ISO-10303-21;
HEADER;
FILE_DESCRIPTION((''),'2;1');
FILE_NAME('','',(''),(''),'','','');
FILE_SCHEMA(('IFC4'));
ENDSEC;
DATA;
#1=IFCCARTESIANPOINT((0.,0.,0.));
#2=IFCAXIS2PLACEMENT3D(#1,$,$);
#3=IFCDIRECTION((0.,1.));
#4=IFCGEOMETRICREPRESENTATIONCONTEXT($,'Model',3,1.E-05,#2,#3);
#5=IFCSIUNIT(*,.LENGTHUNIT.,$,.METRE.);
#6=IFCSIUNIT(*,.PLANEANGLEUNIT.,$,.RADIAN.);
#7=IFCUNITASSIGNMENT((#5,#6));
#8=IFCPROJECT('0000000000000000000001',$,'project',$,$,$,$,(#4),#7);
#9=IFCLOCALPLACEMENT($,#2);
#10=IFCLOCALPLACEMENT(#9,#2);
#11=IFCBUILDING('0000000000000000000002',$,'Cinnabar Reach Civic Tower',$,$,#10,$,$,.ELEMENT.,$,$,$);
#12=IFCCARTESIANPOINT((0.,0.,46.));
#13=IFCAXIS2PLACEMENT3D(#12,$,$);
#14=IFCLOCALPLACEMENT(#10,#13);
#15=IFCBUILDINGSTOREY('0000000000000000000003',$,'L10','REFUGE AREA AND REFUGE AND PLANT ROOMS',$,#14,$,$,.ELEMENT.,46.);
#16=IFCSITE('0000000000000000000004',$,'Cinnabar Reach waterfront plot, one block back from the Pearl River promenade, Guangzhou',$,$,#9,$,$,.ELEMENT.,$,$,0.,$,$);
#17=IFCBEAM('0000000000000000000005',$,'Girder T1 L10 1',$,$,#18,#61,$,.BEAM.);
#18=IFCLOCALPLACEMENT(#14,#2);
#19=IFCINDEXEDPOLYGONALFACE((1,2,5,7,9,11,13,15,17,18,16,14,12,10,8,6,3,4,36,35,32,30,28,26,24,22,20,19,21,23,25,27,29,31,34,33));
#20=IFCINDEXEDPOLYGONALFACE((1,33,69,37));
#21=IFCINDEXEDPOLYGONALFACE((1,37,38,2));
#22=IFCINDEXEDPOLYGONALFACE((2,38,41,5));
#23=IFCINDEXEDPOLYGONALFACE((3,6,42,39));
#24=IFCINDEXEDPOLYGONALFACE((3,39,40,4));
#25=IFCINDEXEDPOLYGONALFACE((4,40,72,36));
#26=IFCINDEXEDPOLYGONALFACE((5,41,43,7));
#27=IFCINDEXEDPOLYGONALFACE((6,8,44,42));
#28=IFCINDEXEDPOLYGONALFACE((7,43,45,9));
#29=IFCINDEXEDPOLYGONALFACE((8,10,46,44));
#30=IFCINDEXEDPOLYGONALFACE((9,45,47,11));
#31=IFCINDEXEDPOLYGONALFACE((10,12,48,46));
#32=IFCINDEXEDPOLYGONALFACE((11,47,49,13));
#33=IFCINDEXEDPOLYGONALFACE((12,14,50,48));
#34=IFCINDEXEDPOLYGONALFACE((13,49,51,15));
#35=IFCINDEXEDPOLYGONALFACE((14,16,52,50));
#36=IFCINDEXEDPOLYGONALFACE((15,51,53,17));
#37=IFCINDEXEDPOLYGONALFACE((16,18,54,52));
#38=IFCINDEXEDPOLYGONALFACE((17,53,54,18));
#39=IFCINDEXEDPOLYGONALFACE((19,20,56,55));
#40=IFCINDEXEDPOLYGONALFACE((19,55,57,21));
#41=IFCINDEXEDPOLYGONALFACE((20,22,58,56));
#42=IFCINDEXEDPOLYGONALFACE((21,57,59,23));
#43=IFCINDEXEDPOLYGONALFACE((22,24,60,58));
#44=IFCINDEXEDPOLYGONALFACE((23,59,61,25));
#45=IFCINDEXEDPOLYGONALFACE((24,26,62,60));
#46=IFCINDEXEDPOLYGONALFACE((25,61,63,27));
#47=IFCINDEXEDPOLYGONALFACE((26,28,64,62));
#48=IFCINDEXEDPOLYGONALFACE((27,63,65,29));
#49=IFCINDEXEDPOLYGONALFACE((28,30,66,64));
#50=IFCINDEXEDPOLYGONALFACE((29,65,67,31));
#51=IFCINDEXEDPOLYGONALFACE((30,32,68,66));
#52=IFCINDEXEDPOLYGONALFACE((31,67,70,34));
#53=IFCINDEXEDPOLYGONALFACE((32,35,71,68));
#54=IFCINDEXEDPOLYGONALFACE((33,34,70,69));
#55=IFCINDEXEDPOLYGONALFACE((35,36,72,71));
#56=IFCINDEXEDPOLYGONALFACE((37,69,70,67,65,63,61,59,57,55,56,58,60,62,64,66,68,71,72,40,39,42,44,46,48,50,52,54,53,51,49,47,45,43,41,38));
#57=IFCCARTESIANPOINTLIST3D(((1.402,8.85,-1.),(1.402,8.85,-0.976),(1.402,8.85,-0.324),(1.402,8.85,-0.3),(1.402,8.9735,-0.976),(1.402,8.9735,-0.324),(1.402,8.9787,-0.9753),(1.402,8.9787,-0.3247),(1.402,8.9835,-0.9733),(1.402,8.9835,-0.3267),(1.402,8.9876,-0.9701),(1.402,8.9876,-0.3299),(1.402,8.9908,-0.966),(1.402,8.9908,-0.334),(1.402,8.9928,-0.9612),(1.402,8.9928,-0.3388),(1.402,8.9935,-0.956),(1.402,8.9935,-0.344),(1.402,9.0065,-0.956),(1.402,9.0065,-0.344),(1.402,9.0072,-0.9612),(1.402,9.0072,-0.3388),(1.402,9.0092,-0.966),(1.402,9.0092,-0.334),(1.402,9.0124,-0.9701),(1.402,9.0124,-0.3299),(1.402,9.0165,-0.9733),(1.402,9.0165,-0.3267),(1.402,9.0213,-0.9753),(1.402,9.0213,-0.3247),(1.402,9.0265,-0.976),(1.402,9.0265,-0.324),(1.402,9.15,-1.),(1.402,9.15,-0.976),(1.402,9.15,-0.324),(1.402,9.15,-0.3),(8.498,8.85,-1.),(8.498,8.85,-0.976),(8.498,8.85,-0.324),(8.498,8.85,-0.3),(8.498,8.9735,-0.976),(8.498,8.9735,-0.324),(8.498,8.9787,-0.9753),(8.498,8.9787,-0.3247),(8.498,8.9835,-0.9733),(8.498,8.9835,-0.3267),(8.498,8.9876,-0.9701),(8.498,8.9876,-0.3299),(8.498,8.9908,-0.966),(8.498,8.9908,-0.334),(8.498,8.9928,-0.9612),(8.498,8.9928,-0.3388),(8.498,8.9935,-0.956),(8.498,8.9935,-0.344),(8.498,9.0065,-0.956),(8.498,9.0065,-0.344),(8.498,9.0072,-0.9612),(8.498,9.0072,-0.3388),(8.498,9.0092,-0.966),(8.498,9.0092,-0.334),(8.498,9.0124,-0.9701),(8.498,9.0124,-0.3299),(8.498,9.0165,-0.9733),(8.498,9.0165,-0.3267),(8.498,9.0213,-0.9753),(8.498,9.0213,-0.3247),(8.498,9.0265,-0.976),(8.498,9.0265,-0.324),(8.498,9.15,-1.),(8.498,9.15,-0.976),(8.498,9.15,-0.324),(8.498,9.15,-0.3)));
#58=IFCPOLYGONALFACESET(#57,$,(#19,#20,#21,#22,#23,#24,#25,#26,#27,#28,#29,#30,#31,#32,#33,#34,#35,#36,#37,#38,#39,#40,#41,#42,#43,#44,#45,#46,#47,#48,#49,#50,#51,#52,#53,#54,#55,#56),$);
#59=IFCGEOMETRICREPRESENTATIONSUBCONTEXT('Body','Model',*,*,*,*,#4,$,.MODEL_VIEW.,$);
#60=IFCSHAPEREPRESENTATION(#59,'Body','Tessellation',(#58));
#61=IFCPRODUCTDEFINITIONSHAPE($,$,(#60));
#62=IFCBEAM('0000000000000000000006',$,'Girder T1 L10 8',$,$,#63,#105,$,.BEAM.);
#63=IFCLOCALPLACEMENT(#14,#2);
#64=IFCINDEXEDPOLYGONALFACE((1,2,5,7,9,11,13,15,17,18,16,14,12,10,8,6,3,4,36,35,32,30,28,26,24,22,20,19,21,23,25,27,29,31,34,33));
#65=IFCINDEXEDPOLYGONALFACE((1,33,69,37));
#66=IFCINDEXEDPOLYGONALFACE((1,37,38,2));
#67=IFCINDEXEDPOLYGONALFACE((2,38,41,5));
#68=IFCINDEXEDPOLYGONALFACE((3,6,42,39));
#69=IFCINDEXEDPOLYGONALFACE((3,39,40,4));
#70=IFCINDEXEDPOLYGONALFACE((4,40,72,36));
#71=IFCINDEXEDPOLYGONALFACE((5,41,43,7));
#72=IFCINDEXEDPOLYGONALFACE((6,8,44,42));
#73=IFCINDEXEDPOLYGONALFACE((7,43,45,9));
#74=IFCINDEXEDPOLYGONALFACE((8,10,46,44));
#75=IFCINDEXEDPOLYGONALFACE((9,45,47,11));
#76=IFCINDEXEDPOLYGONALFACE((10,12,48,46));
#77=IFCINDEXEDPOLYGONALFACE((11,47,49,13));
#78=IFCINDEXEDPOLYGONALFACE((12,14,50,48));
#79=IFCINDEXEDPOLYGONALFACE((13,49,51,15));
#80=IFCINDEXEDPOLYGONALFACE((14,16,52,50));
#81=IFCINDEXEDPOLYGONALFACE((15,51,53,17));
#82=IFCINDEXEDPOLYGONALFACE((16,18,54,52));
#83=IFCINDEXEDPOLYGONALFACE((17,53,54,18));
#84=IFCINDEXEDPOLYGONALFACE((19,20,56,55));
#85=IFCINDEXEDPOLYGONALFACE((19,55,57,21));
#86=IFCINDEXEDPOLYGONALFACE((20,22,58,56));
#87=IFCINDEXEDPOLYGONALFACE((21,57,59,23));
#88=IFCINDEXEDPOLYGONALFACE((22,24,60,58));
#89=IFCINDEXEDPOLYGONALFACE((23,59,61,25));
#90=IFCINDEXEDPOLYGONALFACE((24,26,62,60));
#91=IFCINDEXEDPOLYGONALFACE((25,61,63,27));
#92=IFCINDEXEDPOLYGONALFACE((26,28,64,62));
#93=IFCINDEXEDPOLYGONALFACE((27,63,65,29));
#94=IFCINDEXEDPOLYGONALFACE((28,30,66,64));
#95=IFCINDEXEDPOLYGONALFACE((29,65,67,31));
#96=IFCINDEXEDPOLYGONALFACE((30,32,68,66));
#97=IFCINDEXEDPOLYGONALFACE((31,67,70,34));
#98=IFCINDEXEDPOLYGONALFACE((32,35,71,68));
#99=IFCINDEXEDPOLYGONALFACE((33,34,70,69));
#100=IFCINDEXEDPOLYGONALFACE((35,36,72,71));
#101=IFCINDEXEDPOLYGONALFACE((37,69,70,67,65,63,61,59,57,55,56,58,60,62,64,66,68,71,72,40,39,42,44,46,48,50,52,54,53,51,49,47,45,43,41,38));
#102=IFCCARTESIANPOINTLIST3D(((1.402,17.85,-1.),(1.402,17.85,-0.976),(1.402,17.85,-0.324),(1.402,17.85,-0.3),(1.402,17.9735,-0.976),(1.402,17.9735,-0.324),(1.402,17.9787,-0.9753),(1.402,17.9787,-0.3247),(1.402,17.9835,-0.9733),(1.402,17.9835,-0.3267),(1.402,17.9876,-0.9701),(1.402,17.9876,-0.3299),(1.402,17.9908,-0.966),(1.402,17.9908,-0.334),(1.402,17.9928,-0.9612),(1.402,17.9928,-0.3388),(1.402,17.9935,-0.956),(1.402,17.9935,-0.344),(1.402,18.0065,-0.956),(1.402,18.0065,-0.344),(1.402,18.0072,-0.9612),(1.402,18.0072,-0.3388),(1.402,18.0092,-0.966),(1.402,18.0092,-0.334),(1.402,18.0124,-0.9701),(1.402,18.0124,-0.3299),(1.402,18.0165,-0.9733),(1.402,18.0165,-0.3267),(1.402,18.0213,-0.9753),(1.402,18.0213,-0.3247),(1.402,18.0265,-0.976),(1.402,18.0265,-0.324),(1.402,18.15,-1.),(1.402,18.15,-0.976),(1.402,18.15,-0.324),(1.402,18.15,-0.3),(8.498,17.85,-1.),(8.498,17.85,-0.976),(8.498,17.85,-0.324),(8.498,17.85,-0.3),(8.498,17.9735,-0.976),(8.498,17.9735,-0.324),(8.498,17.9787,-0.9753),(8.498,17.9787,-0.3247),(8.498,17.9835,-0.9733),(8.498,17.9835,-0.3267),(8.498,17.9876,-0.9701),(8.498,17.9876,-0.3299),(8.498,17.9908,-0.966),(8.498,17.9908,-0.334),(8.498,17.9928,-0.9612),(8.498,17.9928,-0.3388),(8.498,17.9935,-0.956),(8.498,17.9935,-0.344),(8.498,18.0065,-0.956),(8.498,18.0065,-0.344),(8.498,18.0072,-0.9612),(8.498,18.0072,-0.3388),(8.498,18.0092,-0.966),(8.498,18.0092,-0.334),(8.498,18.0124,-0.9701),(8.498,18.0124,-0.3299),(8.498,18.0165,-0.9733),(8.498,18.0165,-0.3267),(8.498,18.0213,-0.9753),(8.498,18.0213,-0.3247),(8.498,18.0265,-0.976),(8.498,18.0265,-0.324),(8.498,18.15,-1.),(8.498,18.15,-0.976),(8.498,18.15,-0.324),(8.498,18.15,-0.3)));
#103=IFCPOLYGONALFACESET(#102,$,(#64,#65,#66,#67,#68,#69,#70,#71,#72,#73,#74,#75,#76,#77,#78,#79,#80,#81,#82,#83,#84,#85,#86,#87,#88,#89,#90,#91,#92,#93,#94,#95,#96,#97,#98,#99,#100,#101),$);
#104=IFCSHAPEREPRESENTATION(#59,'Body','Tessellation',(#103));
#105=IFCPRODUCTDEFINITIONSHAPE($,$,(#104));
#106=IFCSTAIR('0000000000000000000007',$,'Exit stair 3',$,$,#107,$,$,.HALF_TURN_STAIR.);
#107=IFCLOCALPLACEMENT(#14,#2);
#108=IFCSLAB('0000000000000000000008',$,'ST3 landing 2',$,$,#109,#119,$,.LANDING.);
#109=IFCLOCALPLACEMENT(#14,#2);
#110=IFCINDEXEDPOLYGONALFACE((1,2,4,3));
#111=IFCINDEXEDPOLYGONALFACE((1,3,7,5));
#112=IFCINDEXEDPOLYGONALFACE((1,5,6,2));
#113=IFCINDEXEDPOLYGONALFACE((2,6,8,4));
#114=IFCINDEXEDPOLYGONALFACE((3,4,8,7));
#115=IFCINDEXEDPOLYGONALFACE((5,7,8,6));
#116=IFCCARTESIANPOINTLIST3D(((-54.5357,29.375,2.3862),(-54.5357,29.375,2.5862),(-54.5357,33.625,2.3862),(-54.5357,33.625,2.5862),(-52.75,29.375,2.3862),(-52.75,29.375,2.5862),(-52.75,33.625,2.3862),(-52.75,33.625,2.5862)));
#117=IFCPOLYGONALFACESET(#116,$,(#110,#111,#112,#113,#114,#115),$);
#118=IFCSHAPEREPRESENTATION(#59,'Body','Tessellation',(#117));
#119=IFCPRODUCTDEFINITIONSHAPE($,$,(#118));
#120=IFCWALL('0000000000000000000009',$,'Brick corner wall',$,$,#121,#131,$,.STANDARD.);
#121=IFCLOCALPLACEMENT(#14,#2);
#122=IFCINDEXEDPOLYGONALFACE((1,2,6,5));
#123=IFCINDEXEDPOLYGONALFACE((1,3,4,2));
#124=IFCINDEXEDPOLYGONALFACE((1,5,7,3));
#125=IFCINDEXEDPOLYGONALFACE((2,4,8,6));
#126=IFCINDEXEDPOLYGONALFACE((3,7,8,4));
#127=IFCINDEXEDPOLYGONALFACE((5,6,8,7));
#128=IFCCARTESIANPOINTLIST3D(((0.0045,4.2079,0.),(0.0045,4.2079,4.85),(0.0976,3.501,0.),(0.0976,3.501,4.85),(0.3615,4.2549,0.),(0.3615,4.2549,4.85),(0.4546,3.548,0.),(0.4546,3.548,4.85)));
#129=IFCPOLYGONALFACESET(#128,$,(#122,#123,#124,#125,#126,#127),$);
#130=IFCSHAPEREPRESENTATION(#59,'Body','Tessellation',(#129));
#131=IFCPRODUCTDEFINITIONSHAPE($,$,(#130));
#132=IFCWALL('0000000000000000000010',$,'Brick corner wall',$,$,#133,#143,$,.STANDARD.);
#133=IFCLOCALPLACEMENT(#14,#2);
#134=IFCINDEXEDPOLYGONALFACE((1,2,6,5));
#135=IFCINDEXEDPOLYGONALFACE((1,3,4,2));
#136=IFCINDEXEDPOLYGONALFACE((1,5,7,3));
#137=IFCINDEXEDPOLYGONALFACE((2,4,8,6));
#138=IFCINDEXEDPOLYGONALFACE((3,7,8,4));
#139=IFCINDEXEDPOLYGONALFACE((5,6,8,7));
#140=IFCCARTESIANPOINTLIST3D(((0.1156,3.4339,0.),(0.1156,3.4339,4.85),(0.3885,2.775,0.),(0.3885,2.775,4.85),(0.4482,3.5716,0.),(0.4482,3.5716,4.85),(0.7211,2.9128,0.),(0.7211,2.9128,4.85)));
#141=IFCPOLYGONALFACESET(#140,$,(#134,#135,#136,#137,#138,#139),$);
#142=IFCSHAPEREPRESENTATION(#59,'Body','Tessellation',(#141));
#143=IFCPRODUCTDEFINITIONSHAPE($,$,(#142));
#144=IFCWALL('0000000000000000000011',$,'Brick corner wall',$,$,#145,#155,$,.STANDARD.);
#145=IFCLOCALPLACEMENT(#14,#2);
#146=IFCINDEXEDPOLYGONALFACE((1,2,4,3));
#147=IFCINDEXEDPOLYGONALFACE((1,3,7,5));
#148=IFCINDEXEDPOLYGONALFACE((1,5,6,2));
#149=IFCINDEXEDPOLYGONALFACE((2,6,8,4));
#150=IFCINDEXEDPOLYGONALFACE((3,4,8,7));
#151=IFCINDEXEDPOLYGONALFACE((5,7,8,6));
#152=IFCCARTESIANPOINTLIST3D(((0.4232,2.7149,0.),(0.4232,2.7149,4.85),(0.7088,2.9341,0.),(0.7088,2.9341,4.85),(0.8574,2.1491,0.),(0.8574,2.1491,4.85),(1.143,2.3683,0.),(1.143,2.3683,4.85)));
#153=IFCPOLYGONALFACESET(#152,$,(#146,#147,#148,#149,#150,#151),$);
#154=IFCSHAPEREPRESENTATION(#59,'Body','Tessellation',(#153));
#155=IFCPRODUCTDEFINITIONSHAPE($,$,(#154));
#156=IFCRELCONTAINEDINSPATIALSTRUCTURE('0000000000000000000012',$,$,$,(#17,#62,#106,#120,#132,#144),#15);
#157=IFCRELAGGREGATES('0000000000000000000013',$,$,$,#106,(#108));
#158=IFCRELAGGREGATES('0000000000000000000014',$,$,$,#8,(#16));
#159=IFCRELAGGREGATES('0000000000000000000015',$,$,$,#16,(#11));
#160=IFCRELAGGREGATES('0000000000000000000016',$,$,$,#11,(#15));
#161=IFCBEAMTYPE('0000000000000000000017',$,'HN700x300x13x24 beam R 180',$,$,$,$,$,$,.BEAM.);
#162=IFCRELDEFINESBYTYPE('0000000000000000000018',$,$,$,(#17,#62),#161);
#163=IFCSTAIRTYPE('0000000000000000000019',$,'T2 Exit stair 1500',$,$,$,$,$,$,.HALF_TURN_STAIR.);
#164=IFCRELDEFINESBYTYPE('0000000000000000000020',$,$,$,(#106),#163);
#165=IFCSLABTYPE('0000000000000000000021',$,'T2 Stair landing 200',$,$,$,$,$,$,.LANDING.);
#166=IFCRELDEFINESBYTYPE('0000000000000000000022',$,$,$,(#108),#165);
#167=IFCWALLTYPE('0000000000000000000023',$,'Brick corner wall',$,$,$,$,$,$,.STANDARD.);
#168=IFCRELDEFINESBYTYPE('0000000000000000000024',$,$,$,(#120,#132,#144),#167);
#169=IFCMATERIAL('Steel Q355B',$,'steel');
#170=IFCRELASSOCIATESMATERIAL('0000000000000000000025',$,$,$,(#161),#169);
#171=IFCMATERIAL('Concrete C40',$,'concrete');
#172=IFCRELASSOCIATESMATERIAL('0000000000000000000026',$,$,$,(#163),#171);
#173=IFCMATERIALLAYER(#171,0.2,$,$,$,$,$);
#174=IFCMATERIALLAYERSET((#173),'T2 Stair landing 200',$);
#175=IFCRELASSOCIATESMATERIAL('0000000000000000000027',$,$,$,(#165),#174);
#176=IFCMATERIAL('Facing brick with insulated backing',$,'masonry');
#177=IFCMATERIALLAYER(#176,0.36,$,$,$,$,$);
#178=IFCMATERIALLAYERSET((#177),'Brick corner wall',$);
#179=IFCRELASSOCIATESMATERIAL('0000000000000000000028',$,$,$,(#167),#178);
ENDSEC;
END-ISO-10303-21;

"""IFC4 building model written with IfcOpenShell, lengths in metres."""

from ifc_helpers import new_model, si_unit, direction, frame, frame_2d, origin, origin_2d, place, context, subcontext, project, spatial, polyline, rectangle, i_section, outline, extrude, material, layer, layer_set, material_profile, profile_set, type_object, element, aggregate, save


model = new_model("IFC4")

# Units and contexts
model_context = context("Model", 3, precision=1e-05, world=origin(), true_north=direction((0.0, 1.0)))
body_context = subcontext(model_context, "Body", "Model", "MODEL_VIEW")
ifc_project = project(units=[si_unit("LENGTHUNIT", "METRE"), si_unit("PLANEANGLEUNIT", "RADIAN")], contexts=[model_context])

# Site, building, storey
site_placement = place(None, origin())
site = spatial("IfcSite", under=ifc_project, at=site_placement, Name="Cinnabar Reach waterfront plot, one block back from the Pearl River promenade, Guangzhou", CompositionType="ELEMENT", RefElevation=0.0)
building_placement = place(site_placement, origin())
building = spatial("IfcBuilding", under=site, at=building_placement, Name="Cinnabar Reach Civic Tower", CompositionType="ELEMENT")
storey_placement = place(building_placement, frame((0.0, 0.0, 46.0)))
storey = spatial("IfcBuildingStorey", under=building, at=storey_placement, Name="L10", Description="REFUGE AREA AND REFUGE AND PLANT ROOMS", CompositionType="ELEMENT", Elevation=46.0)

# Beams
ifc_material_1 = material(Name="Steel Q355B", Category="steel")
ifc_material_profile_1 = material_profile(ifc_material_1, i_section(OverallWidth=0.3, OverallDepth=0.7, WebThickness=0.013, FlangeThickness=0.024, FilletRadius=0.02, at=origin_2d()), Name="HN700x300x13x24")
ifc_profile_set_1 = profile_set([ifc_material_profile_1], Name="Steel Q355B")
beam_type_1 = type_object("IfcBeamType", Name="HN700x300x13x24 beam R 180", PredefinedType="BEAM", material=ifc_profile_set_1)
for number, where, z_axis, x_axis, name in (
    (1, (1.402, 9.0, -0.65), (1.0, 0.0, 0.0), (0.0, 1.0, 0.0), "Girder T1 L10 1"),
    (2, (1.402, 18.0, -0.65), (1.0, 0.0, 0.0), (0.0, 1.0, 0.0), "Girder T1 L10 8"),
):
    element("IfcBeam", number, at=place(storey_placement, frame(where, z_axis=z_axis, x_axis=x_axis)), inside=storey, type_object=beam_type_1, Name=name, PredefinedType="BEAM", context=body_context, shape_type="SweptSolid", body=[
        extrude(i_section(OverallWidth=0.3, OverallDepth=0.7, WebThickness=0.013, FlangeThickness=0.024, FilletRadius=0.02, at=origin_2d()), origin(), (0.0, 0.0, 1.0), 7.096),
    ])

# Stair, slab
ifc_material_2 = material(Name="Concrete C40", Category="concrete")
stair_type = type_object("IfcStairType", Name="T2 Exit stair 1500", PredefinedType="HALF_TURN_STAIR", material=ifc_material_2)
stair_placement = place(storey_placement, origin())
stair = element("IfcStair", 3, at=stair_placement, inside=storey, type_object=stair_type, Name="Exit stair 3", PredefinedType="HALF_TURN_STAIR")
ifc_layer_1 = layer(ifc_material_2, 0.2)
ifc_layer_set_1 = layer_set([ifc_layer_1], Name="T2 Stair landing 200")
slab_type = type_object("IfcSlabType", Name="T2 Stair landing 200", PredefinedType="LANDING", material=ifc_layer_set_1)
slab_placement = place(storey_placement, frame((0.0, 0.0, 2.3862)))
slab = element("IfcSlab", 4, at=slab_placement, type_object=slab_type, Name="ST3 landing 2", PredefinedType="LANDING", context=body_context, shape_type="SweptSolid", body=[
    extrude(outline(polyline([(-54.5357, 29.375), (-54.5357, 33.625), (-52.75, 33.625), (-52.75, 29.375), (-54.5357, 29.375)])), origin(), (0.0, 0.0, 1.0), 0.2),
])
aggregate(stair, [slab])

# Walls
ifc_material_3 = material(Name="Facing brick with insulated backing", Category="masonry")
ifc_layer_2 = layer(ifc_material_3, 0.36)
ifc_layer_set_2 = layer_set([ifc_layer_2], Name="Brick corner wall")
wall_type_1 = type_object("IfcWallType", Name="Brick corner wall", PredefinedType="STANDARD", material=ifc_layer_set_2)
for number, where, z_axis, x_axis, name in (
    (5, (0.183, 4.2314, 0.0), (0.0, 0.0, 1.0), (0.130556, -0.991441, 0.0), "Brick corner wall"),
    (6, (0.2819, 3.5027, 0.0), (0.0, 0.0, 1.0), (0.382703, -0.923872, 0.0), "Brick corner wall"),
):
    element("IfcWall", number, at=place(storey_placement, frame(where, z_axis=z_axis, x_axis=x_axis)), inside=storey, type_object=wall_type_1, Name=name, PredefinedType="STANDARD", context=body_context, shape_type="SweptSolid", body=[
        extrude(rectangle(XDim=0.7131, YDim=0.36, at=frame_2d((0.3565, 0.0))), origin(), (0.0, 0.0, 1.0), 4.85),
    ])
wall_1_placement = place(storey_placement, frame((0.566, 2.8245, 0.0), z_axis=(0.0, 0.0, 1.0), x_axis=(0.608802, -0.793322, 0.0)))
element("IfcWall", 7, at=wall_1_placement, inside=storey, type_object=wall_type_1, Name="Brick corner wall", PredefinedType="STANDARD", context=body_context, shape_type="SweptSolid", body=[
    extrude(rectangle(XDim=0.7132, YDim=0.36, at=frame_2d((0.3566, 0.0))), origin(), (0.0, 0.0, 1.0), 4.85),
])

save(model, "model.ifc")
